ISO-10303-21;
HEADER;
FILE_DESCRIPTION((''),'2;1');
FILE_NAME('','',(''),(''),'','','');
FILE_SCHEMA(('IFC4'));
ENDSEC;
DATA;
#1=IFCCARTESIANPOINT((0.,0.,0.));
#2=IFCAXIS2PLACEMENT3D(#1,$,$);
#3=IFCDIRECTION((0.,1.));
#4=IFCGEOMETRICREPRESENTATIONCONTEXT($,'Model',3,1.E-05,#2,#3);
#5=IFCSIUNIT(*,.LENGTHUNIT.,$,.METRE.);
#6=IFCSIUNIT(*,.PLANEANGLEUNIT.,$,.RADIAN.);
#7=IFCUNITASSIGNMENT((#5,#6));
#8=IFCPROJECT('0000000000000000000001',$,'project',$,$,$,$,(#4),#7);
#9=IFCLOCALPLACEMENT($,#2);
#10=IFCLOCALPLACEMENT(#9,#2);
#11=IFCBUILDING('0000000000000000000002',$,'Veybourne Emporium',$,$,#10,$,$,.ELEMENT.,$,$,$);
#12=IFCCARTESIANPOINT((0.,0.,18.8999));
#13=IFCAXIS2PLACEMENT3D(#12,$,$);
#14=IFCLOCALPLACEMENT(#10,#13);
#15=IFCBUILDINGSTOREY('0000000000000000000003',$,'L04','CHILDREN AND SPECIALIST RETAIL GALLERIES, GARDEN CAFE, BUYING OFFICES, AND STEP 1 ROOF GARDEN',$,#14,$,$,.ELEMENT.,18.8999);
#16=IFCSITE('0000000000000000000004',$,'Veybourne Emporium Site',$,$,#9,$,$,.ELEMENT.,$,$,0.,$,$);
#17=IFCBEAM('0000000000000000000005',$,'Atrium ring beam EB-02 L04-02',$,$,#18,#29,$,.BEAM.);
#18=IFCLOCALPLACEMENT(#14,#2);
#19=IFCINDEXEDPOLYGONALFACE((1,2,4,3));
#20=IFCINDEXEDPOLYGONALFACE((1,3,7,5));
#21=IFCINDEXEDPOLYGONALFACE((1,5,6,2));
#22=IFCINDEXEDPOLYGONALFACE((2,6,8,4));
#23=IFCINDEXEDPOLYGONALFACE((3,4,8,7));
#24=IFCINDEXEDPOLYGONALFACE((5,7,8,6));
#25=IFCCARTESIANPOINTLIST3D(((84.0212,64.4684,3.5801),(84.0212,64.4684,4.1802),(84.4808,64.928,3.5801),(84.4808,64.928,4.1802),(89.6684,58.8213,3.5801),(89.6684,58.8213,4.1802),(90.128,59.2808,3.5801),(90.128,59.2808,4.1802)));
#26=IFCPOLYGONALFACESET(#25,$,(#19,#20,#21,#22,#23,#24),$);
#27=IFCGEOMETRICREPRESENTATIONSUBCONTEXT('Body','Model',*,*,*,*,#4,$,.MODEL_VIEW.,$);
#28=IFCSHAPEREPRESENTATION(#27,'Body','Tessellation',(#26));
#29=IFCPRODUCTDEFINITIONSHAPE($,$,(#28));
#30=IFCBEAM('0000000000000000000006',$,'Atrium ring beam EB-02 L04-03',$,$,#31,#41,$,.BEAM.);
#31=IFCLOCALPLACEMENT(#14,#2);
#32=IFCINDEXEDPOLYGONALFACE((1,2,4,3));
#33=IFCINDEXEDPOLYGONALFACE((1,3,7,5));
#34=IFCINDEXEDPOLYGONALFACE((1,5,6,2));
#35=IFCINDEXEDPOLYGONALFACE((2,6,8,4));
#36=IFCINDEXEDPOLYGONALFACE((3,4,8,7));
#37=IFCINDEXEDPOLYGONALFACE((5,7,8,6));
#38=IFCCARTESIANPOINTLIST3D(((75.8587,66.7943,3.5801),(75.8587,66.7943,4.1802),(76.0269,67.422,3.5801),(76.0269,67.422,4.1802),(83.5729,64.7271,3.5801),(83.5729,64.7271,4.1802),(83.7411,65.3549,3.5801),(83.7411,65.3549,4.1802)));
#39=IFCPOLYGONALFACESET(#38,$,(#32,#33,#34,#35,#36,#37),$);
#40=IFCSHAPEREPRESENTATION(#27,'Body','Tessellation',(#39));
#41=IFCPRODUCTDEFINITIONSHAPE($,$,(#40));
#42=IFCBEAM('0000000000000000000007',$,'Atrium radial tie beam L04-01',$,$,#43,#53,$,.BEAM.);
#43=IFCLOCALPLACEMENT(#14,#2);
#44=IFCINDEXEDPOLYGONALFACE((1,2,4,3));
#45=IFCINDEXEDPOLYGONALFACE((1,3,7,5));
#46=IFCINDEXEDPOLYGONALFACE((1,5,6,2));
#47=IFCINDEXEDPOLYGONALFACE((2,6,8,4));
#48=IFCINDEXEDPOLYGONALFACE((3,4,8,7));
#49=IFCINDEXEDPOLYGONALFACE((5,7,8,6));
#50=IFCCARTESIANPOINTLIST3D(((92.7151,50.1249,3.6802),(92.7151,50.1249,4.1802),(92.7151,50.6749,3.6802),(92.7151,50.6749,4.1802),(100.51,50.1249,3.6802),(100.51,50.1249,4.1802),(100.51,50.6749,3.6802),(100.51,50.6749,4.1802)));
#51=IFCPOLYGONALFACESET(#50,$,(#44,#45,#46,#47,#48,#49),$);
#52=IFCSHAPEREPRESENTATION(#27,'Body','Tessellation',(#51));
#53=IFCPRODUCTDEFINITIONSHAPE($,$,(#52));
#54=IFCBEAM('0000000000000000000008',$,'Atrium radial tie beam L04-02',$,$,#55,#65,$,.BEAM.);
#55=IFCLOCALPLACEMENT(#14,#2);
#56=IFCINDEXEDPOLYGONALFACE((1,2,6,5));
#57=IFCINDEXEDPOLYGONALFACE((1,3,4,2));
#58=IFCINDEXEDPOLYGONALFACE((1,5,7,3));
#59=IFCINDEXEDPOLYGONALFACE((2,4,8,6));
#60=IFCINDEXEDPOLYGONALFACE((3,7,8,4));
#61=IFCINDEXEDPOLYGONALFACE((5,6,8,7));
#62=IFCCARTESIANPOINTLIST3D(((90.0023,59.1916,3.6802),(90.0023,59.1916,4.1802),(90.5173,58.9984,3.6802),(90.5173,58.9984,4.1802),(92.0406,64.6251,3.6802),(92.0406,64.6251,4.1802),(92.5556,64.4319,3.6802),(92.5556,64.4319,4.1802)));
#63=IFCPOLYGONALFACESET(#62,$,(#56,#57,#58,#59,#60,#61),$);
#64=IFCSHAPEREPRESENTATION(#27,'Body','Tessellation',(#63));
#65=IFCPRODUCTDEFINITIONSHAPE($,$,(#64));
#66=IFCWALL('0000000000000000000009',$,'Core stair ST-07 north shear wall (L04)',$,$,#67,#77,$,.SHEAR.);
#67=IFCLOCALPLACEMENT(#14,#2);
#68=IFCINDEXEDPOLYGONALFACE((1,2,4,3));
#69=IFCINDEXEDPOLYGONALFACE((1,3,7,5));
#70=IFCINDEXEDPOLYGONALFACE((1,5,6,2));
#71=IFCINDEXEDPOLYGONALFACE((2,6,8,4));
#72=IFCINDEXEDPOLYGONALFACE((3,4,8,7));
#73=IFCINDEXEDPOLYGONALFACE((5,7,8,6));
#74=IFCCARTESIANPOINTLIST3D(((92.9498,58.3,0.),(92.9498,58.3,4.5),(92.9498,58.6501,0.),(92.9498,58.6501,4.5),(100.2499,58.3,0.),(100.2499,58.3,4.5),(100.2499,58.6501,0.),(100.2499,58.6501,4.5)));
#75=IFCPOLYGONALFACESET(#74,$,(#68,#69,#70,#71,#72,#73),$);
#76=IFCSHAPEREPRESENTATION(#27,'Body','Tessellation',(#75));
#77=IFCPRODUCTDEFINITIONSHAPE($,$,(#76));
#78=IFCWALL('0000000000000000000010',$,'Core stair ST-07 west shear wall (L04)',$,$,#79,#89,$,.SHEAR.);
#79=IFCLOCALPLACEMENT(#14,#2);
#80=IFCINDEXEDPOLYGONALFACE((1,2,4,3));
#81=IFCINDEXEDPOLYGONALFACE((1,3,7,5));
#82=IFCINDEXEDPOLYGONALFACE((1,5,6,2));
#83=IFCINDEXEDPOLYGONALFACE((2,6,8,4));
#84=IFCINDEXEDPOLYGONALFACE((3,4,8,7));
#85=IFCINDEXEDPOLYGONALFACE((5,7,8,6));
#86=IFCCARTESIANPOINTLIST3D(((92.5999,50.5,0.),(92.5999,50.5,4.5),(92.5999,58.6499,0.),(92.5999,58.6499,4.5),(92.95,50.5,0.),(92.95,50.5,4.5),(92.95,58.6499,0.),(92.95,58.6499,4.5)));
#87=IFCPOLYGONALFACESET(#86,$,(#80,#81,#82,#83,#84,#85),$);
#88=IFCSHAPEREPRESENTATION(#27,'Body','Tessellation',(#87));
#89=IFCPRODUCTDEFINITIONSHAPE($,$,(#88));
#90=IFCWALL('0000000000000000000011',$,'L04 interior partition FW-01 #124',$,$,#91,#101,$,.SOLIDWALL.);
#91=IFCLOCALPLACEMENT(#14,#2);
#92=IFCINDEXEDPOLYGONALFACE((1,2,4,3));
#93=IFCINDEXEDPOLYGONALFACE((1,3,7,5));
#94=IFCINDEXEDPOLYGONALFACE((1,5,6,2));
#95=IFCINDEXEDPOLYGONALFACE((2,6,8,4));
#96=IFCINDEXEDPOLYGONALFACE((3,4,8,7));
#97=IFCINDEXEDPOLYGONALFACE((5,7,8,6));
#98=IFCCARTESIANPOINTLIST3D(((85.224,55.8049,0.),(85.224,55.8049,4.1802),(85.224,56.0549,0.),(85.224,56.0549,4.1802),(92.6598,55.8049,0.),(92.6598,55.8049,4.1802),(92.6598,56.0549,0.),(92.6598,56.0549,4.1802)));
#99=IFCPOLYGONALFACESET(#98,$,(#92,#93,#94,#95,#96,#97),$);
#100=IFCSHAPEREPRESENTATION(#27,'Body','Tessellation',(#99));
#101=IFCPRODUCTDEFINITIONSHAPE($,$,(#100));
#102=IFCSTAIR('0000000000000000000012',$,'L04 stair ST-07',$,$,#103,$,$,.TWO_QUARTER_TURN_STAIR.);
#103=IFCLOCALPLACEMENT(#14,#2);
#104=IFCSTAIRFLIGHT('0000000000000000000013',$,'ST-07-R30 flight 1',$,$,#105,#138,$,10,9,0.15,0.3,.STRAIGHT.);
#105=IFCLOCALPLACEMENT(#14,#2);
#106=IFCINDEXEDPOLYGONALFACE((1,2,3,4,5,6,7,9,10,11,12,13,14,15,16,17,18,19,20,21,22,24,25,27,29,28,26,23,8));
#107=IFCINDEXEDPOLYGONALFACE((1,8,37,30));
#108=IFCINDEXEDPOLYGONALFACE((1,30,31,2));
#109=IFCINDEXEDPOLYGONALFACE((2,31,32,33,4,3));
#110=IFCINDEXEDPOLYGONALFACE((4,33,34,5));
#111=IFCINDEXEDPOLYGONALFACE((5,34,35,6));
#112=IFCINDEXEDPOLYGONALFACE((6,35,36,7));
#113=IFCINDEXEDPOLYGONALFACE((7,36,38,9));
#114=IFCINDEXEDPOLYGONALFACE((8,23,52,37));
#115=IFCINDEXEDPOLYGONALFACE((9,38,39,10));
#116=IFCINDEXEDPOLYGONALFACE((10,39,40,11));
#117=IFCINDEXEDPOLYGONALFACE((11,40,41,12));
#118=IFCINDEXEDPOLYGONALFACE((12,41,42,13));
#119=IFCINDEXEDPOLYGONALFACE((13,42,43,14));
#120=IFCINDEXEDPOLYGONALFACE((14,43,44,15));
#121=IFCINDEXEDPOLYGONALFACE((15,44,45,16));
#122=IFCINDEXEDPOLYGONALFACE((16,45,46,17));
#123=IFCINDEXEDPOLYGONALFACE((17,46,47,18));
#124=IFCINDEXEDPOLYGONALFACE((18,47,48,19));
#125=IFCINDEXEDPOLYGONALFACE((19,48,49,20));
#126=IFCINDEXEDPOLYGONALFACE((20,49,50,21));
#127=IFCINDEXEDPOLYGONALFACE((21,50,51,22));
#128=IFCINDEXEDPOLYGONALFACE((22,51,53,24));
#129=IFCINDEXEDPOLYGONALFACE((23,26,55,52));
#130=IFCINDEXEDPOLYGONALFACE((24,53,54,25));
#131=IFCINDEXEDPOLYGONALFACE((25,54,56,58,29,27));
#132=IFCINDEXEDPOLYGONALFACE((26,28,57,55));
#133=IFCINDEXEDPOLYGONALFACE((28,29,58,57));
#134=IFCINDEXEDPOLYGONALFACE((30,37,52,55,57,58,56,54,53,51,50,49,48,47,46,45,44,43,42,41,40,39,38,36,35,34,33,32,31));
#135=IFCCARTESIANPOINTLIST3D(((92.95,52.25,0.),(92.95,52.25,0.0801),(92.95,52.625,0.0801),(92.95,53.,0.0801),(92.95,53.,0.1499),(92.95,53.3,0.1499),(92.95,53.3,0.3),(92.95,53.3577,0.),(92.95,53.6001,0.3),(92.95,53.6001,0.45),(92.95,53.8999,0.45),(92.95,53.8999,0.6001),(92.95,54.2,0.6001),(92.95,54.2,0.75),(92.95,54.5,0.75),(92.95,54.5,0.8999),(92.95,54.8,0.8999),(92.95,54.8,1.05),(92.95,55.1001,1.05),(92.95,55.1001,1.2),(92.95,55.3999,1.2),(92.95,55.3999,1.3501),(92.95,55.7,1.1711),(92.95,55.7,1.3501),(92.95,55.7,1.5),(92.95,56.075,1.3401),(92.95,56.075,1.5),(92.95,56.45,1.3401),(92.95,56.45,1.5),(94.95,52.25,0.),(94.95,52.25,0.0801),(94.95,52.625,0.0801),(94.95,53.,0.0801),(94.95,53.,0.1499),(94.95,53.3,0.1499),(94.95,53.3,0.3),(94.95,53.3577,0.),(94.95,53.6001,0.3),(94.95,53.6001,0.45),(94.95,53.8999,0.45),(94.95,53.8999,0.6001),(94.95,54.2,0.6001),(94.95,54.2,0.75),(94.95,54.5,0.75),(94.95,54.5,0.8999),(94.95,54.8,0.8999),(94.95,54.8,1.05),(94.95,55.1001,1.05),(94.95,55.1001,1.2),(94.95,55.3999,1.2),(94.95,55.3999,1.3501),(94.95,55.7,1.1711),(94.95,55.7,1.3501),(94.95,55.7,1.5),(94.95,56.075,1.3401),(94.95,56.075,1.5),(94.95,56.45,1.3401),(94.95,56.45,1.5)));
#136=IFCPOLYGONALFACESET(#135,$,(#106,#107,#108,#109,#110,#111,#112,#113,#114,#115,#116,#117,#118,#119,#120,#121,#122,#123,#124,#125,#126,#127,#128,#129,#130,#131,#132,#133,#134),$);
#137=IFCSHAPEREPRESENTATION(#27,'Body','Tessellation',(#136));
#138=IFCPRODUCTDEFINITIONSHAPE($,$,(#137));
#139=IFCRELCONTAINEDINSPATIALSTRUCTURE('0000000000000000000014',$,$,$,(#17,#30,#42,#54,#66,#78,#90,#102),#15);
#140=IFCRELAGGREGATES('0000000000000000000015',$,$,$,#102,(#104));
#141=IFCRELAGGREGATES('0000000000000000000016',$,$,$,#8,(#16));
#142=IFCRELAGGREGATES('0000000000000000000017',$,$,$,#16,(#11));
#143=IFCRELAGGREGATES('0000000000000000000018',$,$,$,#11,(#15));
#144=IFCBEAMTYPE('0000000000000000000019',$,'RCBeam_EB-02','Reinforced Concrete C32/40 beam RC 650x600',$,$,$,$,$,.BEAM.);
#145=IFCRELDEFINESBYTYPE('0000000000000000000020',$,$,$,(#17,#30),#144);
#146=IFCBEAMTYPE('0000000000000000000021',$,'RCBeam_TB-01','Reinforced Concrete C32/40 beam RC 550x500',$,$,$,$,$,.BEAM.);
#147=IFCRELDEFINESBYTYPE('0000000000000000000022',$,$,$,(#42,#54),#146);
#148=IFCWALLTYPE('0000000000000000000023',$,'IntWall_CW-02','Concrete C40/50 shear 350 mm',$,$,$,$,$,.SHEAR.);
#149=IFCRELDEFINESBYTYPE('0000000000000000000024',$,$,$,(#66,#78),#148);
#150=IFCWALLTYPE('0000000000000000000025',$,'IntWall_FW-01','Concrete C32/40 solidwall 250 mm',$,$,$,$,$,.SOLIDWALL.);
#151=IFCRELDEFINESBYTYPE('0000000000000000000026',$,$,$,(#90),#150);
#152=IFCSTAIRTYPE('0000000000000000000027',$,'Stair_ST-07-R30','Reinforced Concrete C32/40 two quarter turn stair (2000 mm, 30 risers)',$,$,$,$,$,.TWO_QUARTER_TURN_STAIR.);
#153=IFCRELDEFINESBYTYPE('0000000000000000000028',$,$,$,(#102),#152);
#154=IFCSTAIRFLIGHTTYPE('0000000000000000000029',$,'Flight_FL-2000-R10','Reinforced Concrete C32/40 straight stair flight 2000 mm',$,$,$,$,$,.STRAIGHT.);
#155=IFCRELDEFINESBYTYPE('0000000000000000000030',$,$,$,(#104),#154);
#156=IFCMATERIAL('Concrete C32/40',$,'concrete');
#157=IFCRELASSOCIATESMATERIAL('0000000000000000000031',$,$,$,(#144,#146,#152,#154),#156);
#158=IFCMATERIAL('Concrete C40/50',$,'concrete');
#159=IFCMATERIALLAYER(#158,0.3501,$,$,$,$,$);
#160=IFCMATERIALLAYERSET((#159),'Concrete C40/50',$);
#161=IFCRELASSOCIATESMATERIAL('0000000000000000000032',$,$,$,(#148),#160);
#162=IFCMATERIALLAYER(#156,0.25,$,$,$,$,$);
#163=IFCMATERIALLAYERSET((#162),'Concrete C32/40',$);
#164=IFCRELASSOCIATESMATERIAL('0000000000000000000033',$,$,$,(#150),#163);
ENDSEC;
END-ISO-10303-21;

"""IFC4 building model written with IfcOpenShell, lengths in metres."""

from ifc_helpers import new_model, si_unit, direction, frame, frame_2d, origin, origin_2d, place, context, subcontext, project, spatial, polyline, rectangle, outline, extrude, material, layer, layer_set, material_profile, profile_set, type_object, element, aggregate, save


model = new_model("IFC4")

# Units and contexts
model_context = context("Model", 3, precision=1e-05, world=origin(), true_north=direction((0.0, 1.0)))
body_context = subcontext(model_context, "Body", "Model", "MODEL_VIEW")
ifc_project = project(units=[si_unit("LENGTHUNIT", "METRE"), si_unit("PLANEANGLEUNIT", "RADIAN")], contexts=[model_context])

# Site, building, storey
site_placement = place(None, origin())
site = spatial("IfcSite", under=ifc_project, at=site_placement, Name="Veybourne Emporium Site", CompositionType="ELEMENT", RefElevation=0.0)
building_placement = place(site_placement, origin())
building = spatial("IfcBuilding", under=site, at=building_placement, Name="Veybourne Emporium", CompositionType="ELEMENT")
storey_placement = place(building_placement, frame((0.0, 0.0, 18.8999)))
storey = spatial("IfcBuildingStorey", under=building, at=storey_placement, Name="L04", Description="CHILDREN AND SPECIALIST RETAIL GALLERIES, GARDEN CAFE, BUYING OFFICES, AND STEP 1 ROOF GARDEN", CompositionType="ELEMENT", Elevation=18.8999)

# Shared definitions
ifc_material_1 = material(Name="Concrete C40/50", Category="concrete")

# Beams
ifc_material_2 = material(Name="Concrete C32/40", Category="concrete")
ifc_material_profile_1 = material_profile(ifc_material_2, rectangle(XDim=0.6499, YDim=0.6001, at=origin_2d()), Name="RC 650x600")
ifc_profile_set_1 = profile_set([ifc_material_profile_1], Name="Concrete C32/40")
beam_type_1 = type_object("IfcBeamType", Name="RCBeam_EB-02", Description="Reinforced Concrete C32/40 beam RC 650x600", PredefinedType="BEAM", material=ifc_profile_set_1)
for number, where, z_axis, x_axis, name in (
    (1, (89.8982, 59.051, 3.8801), (-0.707107, 0.707107, 0.0), (-0.707107, -0.707107, 0.0), "Atrium ring beam EB-02 L04-02"),
    (2, (83.657, 65.041, 3.8801), (-0.965921, 0.258836, 0.0), (-0.258836, -0.965921, 0.0), "Atrium ring beam EB-02 L04-03"),
):
    element("IfcBeam", number, at=place(storey_placement, frame(where, z_axis=z_axis, x_axis=x_axis)), inside=storey, type_object=beam_type_1, Name=name, PredefinedType="BEAM", context=body_context, shape_type="SweptSolid", body=[
        extrude(rectangle(XDim=0.6499, YDim=0.6001, at=origin_2d()), origin(), (0.0, 0.0, 1.0), 7.9863),
    ])
ifc_material_profile_2 = material_profile(ifc_material_2, rectangle(XDim=0.55, YDim=0.5, at=origin_2d()), Name="RC 550x500")
ifc_profile_set_2 = profile_set([ifc_material_profile_2], Name="Concrete C32/40")
beam_type_2 = type_object("IfcBeamType", Name="RCBeam_TB-01", Description="Reinforced Concrete C32/40 beam RC 550x500", PredefinedType="BEAM", material=ifc_profile_set_2)
beam_1_placement = place(storey_placement, frame((92.7151, 50.3999, 3.9302), z_axis=(1.0, 0.0, 0.0), x_axis=(0.0, 1.0, 0.0)))
element("IfcBeam", 3, at=beam_1_placement, inside=storey, type_object=beam_type_2, Name="Atrium radial tie beam L04-01", PredefinedType="BEAM", context=body_context, shape_type="SweptSolid", body=[
    extrude(rectangle(XDim=0.55, YDim=0.5, at=origin_2d()), origin(), (0.0, 0.0, 1.0), 7.7949),
])
beam_2_placement = place(storey_placement, frame((90.2598, 59.095, 3.9302), z_axis=(0.351234, 0.936288, 0.0), x_axis=(-0.936288, 0.351234, 0.0)))
element("IfcBeam", 4, at=beam_2_placement, inside=storey, type_object=beam_type_2, Name="Atrium radial tie beam L04-02", PredefinedType="BEAM", context=body_context, shape_type="SweptSolid", body=[
    extrude(rectangle(XDim=0.55, YDim=0.5, at=origin_2d()), origin(), (0.0, 0.0, 1.0), 5.8032),
])

# Walls
ifc_layer_1 = layer(ifc_material_1, 0.3501)
ifc_layer_set_1 = layer_set([ifc_layer_1], Name="Concrete C40/50")
wall_type_1 = type_object("IfcWallType", Name="IntWall_CW-02", Description="Concrete C40/50 shear 350 mm", PredefinedType="SHEAR", material=ifc_layer_set_1)
wall_1_placement = place(storey_placement, frame((92.95, 58.4751, 0.0), z_axis=(0.0, 0.0, 1.0), x_axis=(1.0, 0.0, 0.0)))
element("IfcWall", 5, at=wall_1_placement, inside=storey, type_object=wall_type_1, Name="Core stair ST-07 north shear wall (L04)", PredefinedType="SHEAR", context=body_context, shape_type="SweptSolid", body=[
    extrude(rectangle(XDim=7.3, YDim=0.3501, at=frame_2d((3.6499, 0.0))), origin(), (0.0, 0.0, 1.0), 4.5),
])
wall_2_placement = place(storey_placement, frame((92.7749, 58.6499, 0.0), z_axis=(0.0, 0.0, 1.0), x_axis=(0.0, -1.0, 0.0)))
element("IfcWall", 6, at=wall_2_placement, inside=storey, type_object=wall_type_1, Name="Core stair ST-07 west shear wall (L04)", PredefinedType="SHEAR", context=body_context, shape_type="SweptSolid", body=[
    extrude(rectangle(XDim=8.1499, YDim=0.3501, at=frame_2d((4.075, 0.0))), origin(), (0.0, 0.0, 1.0), 4.5),
])
ifc_layer_2 = layer(ifc_material_2, 0.25)
ifc_layer_set_2 = layer_set([ifc_layer_2], Name="Concrete C32/40")
wall_type_2 = type_object("IfcWallType", Name="IntWall_FW-01", Description="Concrete C32/40 solidwall 250 mm", PredefinedType="SOLIDWALL", material=ifc_layer_set_2)
wall_3_placement = place(storey_placement, frame((85.2241, 55.9299, 0.0), z_axis=(0.0, 0.0, 1.0), x_axis=(1.0, 0.0, 0.0)))
element("IfcWall", 7, at=wall_3_placement, inside=storey, type_object=wall_type_2, Name="L04 interior partition FW-01 #124", PredefinedType="SOLIDWALL", context=body_context, shape_type="SweptSolid", body=[
    extrude(rectangle(XDim=7.4358, YDim=0.25, at=frame_2d((3.7178, 0.0))), origin(), (0.0, 0.0, 1.0), 4.1802),
])

# Stair, stair flight
stair_type = type_object("IfcStairType", Name="Stair_ST-07-R30", Description="Reinforced Concrete C32/40 two quarter turn stair (2000 mm, 30 risers)", PredefinedType="TWO_QUARTER_TURN_STAIR", material=ifc_material_2)
stair_placement = place(storey_placement, origin())
stair = element("IfcStair", 8, at=stair_placement, inside=storey, type_object=stair_type, Name="L04 stair ST-07", PredefinedType="TWO_QUARTER_TURN_STAIR")
stair_flight_type = type_object("IfcStairFlightType", Name="Flight_FL-2000-R10", Description="Reinforced Concrete C32/40 straight stair flight 2000 mm", PredefinedType="STRAIGHT", material=ifc_material_2)
stair_flight_placement = place(storey_placement, frame((93.95, 53.0, 0.0), z_axis=(0.0, 0.0, 1.0), x_axis=(0.0, 1.0, 0.0)))
stair_flight = element("IfcStairFlight", 9, at=stair_flight_placement, type_object=stair_flight_type, Name="ST-07-R30 flight 1", NumberOfRisers=10, NumberOfTreads=9, PredefinedType="STRAIGHT", RiserHeight=0.15, TreadLength=0.3, context=body_context, shape_type="SweptSolid", body=[
    extrude(outline(polyline([(-0.75, 0.0), (-0.75, 0.0801), (-0.375, 0.0801), (0.0, 0.0801), (0.0, 0.1499), (0.3, 0.1499), (0.3, 0.3), (0.6001, 0.3), (0.6001, 0.45), (0.8999, 0.45), (0.8999, 0.6001), (1.2, 0.6001), (1.2, 0.75), (1.5, 0.75), (1.5, 0.8999), (1.8, 0.8999), (1.8, 1.05), (2.1001, 1.05), (2.1001, 1.2), (2.3999, 1.2), (2.3999, 1.3501), (2.7, 1.3501), (2.7, 1.5), (3.075, 1.5), (3.45, 1.5), (3.45, 1.3401), (3.075, 1.3401), (2.7, 1.1711), (0.3577, 0.0), (-0.75, 0.0)])), frame((0.0, 1.0, 0.0), z_axis=(0.0, -1.0, 0.0), x_axis=(1.0, 0.0, 0.0)), (0.0, 0.0, 1.0), 2.0),
])
aggregate(stair, [stair_flight])

save(model, "model.ifc")
